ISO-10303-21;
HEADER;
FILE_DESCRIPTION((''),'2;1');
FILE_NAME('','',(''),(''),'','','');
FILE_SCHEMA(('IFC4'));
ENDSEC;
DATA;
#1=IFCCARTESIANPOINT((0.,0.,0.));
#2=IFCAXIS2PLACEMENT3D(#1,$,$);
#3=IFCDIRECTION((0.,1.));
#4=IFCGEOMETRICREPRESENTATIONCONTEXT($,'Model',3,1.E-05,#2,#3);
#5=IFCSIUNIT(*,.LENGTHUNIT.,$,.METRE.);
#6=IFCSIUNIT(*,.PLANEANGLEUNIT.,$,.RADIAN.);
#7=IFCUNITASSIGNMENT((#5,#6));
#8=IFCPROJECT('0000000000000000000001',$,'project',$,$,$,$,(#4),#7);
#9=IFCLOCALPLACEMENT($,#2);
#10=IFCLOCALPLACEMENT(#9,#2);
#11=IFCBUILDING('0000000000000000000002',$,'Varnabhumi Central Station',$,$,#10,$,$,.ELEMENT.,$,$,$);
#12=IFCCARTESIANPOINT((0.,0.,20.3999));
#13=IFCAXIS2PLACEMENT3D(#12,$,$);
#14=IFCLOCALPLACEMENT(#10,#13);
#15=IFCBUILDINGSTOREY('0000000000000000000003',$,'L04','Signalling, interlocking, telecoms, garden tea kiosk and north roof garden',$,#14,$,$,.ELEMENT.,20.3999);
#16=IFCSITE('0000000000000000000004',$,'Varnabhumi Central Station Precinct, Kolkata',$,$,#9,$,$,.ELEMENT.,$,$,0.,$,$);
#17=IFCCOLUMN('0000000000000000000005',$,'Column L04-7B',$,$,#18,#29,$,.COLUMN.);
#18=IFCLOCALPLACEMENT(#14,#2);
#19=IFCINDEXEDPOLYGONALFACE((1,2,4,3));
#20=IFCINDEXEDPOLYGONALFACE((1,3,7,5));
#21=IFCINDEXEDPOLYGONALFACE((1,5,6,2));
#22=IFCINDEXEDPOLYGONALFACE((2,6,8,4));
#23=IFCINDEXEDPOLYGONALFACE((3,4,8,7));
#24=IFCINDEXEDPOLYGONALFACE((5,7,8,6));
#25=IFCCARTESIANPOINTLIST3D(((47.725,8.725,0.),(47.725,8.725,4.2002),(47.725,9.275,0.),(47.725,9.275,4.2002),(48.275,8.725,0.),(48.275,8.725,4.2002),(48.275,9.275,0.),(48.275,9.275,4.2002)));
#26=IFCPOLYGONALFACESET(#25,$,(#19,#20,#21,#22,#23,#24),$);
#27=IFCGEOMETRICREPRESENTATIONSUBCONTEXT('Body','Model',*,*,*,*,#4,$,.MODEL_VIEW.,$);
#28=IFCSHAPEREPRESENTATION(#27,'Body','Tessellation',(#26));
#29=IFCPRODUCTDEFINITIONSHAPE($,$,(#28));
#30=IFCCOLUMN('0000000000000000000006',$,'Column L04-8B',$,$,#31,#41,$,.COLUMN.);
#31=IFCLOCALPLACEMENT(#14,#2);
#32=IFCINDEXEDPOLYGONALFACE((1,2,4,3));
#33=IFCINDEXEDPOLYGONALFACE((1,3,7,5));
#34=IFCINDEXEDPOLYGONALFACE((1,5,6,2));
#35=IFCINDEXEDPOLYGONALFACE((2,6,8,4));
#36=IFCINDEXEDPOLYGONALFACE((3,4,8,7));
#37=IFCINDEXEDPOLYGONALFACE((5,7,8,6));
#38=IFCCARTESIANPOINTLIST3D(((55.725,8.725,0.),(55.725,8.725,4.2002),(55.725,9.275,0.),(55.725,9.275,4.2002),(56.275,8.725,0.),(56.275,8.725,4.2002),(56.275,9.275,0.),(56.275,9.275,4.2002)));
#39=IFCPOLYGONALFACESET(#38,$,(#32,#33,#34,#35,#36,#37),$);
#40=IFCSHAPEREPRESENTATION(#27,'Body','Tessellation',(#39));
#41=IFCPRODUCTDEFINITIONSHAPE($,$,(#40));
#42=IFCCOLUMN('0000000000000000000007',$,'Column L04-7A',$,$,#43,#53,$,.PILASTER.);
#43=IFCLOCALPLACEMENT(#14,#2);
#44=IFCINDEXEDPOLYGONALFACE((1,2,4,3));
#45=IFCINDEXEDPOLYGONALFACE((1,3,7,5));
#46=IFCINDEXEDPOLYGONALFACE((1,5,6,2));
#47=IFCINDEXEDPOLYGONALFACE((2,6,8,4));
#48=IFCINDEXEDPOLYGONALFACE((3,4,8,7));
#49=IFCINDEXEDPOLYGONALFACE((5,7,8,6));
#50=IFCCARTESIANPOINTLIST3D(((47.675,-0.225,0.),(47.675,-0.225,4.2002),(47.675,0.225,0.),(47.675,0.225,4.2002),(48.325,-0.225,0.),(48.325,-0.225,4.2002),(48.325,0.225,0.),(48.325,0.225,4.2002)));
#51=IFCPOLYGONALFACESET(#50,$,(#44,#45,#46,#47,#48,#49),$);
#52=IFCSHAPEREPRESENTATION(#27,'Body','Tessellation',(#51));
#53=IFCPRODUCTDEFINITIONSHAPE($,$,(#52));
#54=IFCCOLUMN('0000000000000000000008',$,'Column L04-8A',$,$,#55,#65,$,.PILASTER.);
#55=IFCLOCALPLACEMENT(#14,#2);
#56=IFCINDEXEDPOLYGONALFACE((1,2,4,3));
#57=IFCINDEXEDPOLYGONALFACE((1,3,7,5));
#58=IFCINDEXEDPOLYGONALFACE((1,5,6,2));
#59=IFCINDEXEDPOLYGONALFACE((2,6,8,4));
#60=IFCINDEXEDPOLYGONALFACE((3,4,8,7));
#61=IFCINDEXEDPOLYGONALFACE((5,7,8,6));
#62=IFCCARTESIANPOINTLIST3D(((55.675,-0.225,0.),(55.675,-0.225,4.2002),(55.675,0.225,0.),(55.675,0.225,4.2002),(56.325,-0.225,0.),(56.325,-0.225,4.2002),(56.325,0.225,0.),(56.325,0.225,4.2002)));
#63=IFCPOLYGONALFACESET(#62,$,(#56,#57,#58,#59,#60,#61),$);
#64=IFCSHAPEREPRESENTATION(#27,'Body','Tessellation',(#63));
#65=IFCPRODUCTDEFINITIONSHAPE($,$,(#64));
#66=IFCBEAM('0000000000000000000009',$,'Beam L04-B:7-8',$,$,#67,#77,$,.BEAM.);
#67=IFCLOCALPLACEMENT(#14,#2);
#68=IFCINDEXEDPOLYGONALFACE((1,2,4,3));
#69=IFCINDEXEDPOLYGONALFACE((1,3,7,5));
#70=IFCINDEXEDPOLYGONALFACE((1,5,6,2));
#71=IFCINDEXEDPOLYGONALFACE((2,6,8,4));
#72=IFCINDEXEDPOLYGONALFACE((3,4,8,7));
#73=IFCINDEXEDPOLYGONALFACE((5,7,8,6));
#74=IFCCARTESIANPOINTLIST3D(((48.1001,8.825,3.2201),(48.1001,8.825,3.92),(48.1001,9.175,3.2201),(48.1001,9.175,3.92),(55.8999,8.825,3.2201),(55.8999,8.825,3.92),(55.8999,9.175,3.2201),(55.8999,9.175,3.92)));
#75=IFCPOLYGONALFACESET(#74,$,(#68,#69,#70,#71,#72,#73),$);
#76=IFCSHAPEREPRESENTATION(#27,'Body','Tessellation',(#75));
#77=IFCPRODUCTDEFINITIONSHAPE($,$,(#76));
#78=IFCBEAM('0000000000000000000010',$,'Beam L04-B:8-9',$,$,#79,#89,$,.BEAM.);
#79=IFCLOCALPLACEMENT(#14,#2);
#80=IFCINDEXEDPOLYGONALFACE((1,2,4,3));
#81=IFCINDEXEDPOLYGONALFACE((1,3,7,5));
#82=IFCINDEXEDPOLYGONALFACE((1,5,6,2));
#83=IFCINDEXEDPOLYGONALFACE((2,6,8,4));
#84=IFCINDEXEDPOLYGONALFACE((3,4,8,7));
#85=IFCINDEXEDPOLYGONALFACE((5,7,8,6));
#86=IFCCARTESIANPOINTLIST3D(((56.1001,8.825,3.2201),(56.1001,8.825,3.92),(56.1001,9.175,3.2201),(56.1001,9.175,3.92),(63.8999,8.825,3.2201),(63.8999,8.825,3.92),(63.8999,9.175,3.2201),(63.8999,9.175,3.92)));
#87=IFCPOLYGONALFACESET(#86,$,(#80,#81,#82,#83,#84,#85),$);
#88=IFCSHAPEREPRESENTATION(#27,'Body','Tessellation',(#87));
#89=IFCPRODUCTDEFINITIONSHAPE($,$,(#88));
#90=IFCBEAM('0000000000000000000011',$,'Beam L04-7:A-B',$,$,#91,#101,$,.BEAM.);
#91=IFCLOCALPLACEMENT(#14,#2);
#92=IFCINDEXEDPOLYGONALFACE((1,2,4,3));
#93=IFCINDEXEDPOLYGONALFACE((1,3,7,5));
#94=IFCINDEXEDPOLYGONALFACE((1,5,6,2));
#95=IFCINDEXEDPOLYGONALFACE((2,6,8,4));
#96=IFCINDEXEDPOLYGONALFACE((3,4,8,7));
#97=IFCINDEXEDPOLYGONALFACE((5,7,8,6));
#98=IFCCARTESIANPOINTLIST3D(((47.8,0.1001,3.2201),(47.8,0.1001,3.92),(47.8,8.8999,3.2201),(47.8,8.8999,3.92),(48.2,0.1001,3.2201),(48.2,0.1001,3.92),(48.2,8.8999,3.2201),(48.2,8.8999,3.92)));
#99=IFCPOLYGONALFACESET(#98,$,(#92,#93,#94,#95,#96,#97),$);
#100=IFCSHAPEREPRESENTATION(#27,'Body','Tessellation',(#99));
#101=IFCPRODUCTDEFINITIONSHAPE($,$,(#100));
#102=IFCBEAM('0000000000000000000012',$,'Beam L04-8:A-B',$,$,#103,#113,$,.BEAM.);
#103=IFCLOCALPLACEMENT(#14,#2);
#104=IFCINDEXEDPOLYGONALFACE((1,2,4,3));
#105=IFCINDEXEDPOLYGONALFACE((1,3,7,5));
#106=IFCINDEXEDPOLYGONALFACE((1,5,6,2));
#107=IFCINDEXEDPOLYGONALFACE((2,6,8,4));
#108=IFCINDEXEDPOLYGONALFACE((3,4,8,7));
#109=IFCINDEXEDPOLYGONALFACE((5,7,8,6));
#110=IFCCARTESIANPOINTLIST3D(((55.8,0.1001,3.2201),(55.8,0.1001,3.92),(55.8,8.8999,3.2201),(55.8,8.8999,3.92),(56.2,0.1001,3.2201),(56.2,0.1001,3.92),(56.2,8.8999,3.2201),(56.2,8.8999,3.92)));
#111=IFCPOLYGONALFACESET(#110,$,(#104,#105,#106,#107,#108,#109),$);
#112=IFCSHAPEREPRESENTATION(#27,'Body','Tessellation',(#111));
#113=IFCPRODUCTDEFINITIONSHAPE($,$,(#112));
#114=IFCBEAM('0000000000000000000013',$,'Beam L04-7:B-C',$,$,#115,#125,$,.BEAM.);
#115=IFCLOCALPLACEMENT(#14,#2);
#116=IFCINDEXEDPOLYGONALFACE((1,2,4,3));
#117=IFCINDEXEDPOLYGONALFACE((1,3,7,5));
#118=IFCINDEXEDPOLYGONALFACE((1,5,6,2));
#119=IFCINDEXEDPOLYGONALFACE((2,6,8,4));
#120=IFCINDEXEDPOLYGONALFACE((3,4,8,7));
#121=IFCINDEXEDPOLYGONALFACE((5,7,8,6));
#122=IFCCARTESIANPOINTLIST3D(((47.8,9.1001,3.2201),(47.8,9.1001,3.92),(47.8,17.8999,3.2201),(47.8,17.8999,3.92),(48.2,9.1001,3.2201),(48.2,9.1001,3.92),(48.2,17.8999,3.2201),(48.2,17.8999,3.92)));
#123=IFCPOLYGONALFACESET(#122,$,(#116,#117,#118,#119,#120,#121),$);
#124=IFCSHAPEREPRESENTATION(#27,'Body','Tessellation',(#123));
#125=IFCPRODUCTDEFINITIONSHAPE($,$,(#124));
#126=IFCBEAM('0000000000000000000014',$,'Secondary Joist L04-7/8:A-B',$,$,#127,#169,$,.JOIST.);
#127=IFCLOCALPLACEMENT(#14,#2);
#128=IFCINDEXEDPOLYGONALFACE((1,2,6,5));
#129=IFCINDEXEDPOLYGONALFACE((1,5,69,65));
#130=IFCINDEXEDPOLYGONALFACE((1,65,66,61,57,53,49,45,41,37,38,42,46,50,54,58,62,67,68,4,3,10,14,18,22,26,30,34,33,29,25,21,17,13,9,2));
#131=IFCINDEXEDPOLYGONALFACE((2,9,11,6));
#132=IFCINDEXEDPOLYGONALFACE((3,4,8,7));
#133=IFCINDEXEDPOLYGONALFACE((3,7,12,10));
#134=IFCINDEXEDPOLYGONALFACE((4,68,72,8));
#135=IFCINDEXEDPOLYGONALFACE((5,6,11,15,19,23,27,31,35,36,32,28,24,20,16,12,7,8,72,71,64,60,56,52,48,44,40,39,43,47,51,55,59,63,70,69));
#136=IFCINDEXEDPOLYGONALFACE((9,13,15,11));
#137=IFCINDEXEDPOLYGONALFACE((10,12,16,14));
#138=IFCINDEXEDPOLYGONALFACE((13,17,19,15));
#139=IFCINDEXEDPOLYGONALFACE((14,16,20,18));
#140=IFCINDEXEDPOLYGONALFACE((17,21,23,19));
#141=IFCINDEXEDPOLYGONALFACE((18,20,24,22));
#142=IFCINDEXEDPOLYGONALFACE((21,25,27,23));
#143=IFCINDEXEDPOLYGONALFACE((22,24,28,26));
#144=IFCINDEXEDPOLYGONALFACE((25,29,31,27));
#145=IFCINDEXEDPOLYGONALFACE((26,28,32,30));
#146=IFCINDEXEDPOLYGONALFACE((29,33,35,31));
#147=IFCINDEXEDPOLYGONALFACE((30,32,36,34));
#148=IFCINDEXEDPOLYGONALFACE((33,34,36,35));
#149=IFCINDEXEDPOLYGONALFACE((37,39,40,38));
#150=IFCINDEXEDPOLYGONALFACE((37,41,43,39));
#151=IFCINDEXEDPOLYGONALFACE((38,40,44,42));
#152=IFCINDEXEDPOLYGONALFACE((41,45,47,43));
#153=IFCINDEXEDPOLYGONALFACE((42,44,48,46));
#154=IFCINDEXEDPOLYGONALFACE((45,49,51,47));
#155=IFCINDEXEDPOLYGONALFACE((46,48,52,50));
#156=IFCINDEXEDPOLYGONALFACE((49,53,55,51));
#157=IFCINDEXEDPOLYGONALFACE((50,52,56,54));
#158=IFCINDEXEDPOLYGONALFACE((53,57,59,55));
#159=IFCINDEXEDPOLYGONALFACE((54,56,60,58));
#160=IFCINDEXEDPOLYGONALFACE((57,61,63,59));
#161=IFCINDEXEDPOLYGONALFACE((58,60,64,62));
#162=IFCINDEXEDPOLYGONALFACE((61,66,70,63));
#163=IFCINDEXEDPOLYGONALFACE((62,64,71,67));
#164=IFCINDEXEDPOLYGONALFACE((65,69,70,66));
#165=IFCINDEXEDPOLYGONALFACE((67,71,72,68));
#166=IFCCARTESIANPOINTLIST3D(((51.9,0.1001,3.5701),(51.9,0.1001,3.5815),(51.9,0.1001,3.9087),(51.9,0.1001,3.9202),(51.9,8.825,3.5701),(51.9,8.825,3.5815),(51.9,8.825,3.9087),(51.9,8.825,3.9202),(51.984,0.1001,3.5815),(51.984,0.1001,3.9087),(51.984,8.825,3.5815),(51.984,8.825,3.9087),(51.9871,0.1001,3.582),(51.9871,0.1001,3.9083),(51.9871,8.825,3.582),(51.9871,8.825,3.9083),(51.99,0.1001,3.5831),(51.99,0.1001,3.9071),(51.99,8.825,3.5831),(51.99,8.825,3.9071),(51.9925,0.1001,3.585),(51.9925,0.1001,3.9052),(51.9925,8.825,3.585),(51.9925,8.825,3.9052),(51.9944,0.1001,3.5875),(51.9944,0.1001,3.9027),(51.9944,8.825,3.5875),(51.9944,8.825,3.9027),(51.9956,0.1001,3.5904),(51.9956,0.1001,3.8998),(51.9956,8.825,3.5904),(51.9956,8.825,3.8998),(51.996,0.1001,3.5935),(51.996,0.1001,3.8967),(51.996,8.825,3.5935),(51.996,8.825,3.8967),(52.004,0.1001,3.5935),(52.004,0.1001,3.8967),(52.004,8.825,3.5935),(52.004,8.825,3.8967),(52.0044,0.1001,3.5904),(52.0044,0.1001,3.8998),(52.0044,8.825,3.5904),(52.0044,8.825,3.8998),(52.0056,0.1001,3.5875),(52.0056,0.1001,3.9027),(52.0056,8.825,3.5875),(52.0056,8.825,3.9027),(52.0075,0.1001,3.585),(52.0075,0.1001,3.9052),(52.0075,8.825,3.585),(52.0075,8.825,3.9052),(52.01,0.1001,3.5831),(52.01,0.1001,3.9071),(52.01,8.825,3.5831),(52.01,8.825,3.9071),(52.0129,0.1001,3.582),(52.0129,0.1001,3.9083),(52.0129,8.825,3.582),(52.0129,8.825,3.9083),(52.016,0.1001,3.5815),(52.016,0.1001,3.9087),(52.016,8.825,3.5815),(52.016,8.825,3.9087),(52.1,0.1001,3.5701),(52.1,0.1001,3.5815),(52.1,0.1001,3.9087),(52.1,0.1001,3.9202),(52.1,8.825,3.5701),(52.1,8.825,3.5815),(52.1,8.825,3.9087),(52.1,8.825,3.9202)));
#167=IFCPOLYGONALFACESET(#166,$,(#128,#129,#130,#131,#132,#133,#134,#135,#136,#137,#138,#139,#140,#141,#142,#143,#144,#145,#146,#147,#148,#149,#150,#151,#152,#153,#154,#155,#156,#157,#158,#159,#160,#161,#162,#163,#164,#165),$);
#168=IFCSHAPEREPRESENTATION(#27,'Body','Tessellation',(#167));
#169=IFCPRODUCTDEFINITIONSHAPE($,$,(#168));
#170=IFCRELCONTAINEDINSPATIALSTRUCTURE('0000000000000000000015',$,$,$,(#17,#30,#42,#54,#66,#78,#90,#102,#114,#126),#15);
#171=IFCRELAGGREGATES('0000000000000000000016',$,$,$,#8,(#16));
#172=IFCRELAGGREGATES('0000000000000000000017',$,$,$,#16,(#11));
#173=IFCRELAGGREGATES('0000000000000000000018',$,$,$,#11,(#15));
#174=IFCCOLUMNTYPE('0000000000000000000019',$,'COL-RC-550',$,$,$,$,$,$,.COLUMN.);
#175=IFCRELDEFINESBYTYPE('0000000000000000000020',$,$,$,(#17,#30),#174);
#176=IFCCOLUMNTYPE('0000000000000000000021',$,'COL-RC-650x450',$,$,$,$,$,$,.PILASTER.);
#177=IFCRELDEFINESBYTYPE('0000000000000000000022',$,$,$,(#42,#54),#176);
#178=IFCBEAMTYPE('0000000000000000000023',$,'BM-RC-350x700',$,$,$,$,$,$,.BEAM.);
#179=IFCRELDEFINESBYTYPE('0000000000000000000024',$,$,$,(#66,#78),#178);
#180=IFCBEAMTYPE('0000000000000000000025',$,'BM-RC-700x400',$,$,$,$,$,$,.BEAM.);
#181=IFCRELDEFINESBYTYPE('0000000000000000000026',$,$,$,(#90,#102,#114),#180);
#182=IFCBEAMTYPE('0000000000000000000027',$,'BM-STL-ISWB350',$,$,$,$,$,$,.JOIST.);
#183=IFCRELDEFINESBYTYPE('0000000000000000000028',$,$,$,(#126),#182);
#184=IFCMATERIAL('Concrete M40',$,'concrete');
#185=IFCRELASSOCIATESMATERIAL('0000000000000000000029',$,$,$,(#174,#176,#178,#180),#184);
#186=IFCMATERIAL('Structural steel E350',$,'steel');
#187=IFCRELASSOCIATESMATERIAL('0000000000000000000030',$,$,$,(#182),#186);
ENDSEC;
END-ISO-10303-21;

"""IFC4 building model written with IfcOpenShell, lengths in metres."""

from ifc_helpers import new_model, si_unit, direction, frame, origin, origin_2d, place, context, subcontext, project, spatial, rectangle, i_section, extrude, material, material_profile, profile_set, type_object, element, save


model = new_model("IFC4")

# Units and contexts
model_context = context("Model", 3, precision=1e-05, world=origin(), true_north=direction((0.0, 1.0)))
body_context = subcontext(model_context, "Body", "Model", "MODEL_VIEW")
ifc_project = project(units=[si_unit("LENGTHUNIT", "METRE"), si_unit("PLANEANGLEUNIT", "RADIAN")], contexts=[model_context])

# Site, building, storey
site_placement = place(None, origin())
site = spatial("IfcSite", under=ifc_project, at=site_placement, Name="Varnabhumi Central Station Precinct, Kolkata", CompositionType="ELEMENT", RefElevation=0.0)
building_placement = place(site_placement, origin())
building = spatial("IfcBuilding", under=site, at=building_placement, Name="Varnabhumi Central Station", CompositionType="ELEMENT")
storey_placement = place(building_placement, frame((0.0, 0.0, 20.3999)))
storey = spatial("IfcBuildingStorey", under=building, at=storey_placement, Name="L04", Description="Signalling, interlocking, telecoms, garden tea kiosk and north roof garden", CompositionType="ELEMENT", Elevation=20.3999)

# Columns
ifc_material_1 = material(Name="Concrete M40", Category="concrete")
ifc_material_profile_1 = material_profile(ifc_material_1, rectangle(XDim=0.55, YDim=0.55, at=origin_2d()), Name="Concrete M40", Category="concrete")
ifc_profile_set_1 = profile_set([ifc_material_profile_1], Name="Concrete M40")
column_type_1 = type_object("IfcColumnType", Name="COL-RC-550", PredefinedType="COLUMN", material=ifc_profile_set_1)
for number, where, z_axis, x_axis, name in (
    (1, (48.0, 9.0, 0.0), (0.0, 0.0, 1.0), (1.0, 0.0, 0.0), "Column L04-7B"),
    (2, (56.0, 9.0, 0.0), (0.0, 0.0, 1.0), (1.0, 0.0, 0.0), "Column L04-8B"),
):
    element("IfcColumn", number, at=place(storey_placement, frame(where, z_axis=z_axis, x_axis=x_axis)), inside=storey, type_object=column_type_1, Name=name, PredefinedType="COLUMN", context=body_context, shape_type="SweptSolid", body=[
        extrude(rectangle(XDim=0.55, YDim=0.55, at=origin_2d()), origin(), (0.0, 0.0, 1.0), 4.2002),
    ])
ifc_material_profile_2 = material_profile(ifc_material_1, rectangle(XDim=0.6499, YDim=0.45, at=origin_2d()), Name="Concrete M40", Category="concrete")
ifc_profile_set_2 = profile_set([ifc_material_profile_2], Name="Concrete M40")
column_type_2 = type_object("IfcColumnType", Name="COL-RC-650x450", PredefinedType="PILASTER", material=ifc_profile_set_2)
for number, where, z_axis, x_axis, name in (
    (3, (48.0, 0.0, 0.0), (0.0, 0.0, 1.0), (1.0, 0.0, 0.0), "Column L04-7A"),
    (4, (56.0, 0.0, 0.0), (0.0, 0.0, 1.0), (1.0, 0.0, 0.0), "Column L04-8A"),
):
    element("IfcColumn", number, at=place(storey_placement, frame(where, z_axis=z_axis, x_axis=x_axis)), inside=storey, type_object=column_type_2, Name=name, PredefinedType="PILASTER", context=body_context, shape_type="SweptSolid", body=[
        extrude(rectangle(XDim=0.6499, YDim=0.45, at=origin_2d()), origin(), (0.0, 0.0, 1.0), 4.2002),
    ])

# Beams
ifc_material_profile_3 = material_profile(ifc_material_1, rectangle(XDim=0.3501, YDim=0.7, at=origin_2d()), Name="Concrete M40", Category="concrete")
ifc_profile_set_3 = profile_set([ifc_material_profile_3], Name="Concrete M40")
beam_type_1 = type_object("IfcBeamType", Name="BM-RC-350x700", PredefinedType="BEAM", material=ifc_profile_set_3)
for number, where, z_axis, x_axis, name in (
    (5, (48.1001, 9.0, 3.5701), (1.0, 0.0, 0.0), (0.0, 1.0, 0.0), "Beam L04-B:7-8"),
    (6, (56.1001, 9.0, 3.5701), (1.0, 0.0, 0.0), (0.0, 1.0, 0.0), "Beam L04-B:8-9"),
):
    element("IfcBeam", number, at=place(storey_placement, frame(where, z_axis=z_axis, x_axis=x_axis)), inside=storey, type_object=beam_type_1, Name=name, PredefinedType="BEAM", context=body_context, shape_type="SweptSolid", body=[
        extrude(rectangle(XDim=0.3501, YDim=0.7, at=origin_2d()), origin(), (0.0, 0.0, 1.0), 7.7998),
    ])
ifc_material_profile_4 = material_profile(ifc_material_1, rectangle(XDim=0.3999, YDim=0.7, at=origin_2d()), Name="Concrete M40", Category="concrete")
ifc_profile_set_4 = profile_set([ifc_material_profile_4], Name="Concrete M40")
beam_type_2 = type_object("IfcBeamType", Name="BM-RC-700x400", PredefinedType="BEAM", material=ifc_profile_set_4)
for number, where, z_axis, x_axis, name in (
    (7, (48.0, 0.1001, 3.5701), (0.0, 1.0, 0.0), (-1.0, 0.0, 0.0), "Beam L04-7:A-B"),
    (8, (56.0, 0.1001, 3.5701), (0.0, 1.0, 0.0), (-1.0, 0.0, 0.0), "Beam L04-8:A-B"),
    (9, (48.0, 9.1001, 3.5701), (0.0, 1.0, 0.0), (-1.0, 0.0, 0.0), "Beam L04-7:B-C"),
):
    element("IfcBeam", number, at=place(storey_placement, frame(where, z_axis=z_axis, x_axis=x_axis)), inside=storey, type_object=beam_type_2, Name=name, PredefinedType="BEAM", context=body_context, shape_type="SweptSolid", body=[
        extrude(rectangle(XDim=0.3999, YDim=0.7, at=origin_2d()), origin(), (0.0, 0.0, 1.0), 8.7998),
    ])
ifc_material_2 = material(Name="Structural steel E350", Category="steel")
ifc_material_profile_5 = material_profile(ifc_material_2, i_section(OverallWidth=0.2, OverallDepth=0.3501, WebThickness=0.0081, FlangeThickness=0.0115, FilletRadius=0.012, at=origin_2d()), Name="Structural steel E350", Category="steel")
ifc_profile_set_5 = profile_set([ifc_material_profile_5], Name="Structural steel E350")
beam_type_3 = type_object("IfcBeamType", Name="BM-STL-ISWB350", PredefinedType="JOIST", material=ifc_profile_set_5)
beam_placement = place(storey_placement, frame((52.0, 0.1001, 3.7451), z_axis=(0.0, 1.0, 0.0), x_axis=(-1.0, 0.0, 0.0)))
element("IfcBeam", 10, at=beam_placement, inside=storey, type_object=beam_type_3, Name="Secondary Joist L04-7/8:A-B", PredefinedType="JOIST", context=body_context, shape_type="SweptSolid", body=[
    extrude(i_section(OverallWidth=0.2, OverallDepth=0.3501, WebThickness=0.0081, FlangeThickness=0.0115, FilletRadius=0.012, at=origin_2d()), origin(), (0.0, 0.0, 1.0), 8.7249),
])

save(model, "model.ifc")
